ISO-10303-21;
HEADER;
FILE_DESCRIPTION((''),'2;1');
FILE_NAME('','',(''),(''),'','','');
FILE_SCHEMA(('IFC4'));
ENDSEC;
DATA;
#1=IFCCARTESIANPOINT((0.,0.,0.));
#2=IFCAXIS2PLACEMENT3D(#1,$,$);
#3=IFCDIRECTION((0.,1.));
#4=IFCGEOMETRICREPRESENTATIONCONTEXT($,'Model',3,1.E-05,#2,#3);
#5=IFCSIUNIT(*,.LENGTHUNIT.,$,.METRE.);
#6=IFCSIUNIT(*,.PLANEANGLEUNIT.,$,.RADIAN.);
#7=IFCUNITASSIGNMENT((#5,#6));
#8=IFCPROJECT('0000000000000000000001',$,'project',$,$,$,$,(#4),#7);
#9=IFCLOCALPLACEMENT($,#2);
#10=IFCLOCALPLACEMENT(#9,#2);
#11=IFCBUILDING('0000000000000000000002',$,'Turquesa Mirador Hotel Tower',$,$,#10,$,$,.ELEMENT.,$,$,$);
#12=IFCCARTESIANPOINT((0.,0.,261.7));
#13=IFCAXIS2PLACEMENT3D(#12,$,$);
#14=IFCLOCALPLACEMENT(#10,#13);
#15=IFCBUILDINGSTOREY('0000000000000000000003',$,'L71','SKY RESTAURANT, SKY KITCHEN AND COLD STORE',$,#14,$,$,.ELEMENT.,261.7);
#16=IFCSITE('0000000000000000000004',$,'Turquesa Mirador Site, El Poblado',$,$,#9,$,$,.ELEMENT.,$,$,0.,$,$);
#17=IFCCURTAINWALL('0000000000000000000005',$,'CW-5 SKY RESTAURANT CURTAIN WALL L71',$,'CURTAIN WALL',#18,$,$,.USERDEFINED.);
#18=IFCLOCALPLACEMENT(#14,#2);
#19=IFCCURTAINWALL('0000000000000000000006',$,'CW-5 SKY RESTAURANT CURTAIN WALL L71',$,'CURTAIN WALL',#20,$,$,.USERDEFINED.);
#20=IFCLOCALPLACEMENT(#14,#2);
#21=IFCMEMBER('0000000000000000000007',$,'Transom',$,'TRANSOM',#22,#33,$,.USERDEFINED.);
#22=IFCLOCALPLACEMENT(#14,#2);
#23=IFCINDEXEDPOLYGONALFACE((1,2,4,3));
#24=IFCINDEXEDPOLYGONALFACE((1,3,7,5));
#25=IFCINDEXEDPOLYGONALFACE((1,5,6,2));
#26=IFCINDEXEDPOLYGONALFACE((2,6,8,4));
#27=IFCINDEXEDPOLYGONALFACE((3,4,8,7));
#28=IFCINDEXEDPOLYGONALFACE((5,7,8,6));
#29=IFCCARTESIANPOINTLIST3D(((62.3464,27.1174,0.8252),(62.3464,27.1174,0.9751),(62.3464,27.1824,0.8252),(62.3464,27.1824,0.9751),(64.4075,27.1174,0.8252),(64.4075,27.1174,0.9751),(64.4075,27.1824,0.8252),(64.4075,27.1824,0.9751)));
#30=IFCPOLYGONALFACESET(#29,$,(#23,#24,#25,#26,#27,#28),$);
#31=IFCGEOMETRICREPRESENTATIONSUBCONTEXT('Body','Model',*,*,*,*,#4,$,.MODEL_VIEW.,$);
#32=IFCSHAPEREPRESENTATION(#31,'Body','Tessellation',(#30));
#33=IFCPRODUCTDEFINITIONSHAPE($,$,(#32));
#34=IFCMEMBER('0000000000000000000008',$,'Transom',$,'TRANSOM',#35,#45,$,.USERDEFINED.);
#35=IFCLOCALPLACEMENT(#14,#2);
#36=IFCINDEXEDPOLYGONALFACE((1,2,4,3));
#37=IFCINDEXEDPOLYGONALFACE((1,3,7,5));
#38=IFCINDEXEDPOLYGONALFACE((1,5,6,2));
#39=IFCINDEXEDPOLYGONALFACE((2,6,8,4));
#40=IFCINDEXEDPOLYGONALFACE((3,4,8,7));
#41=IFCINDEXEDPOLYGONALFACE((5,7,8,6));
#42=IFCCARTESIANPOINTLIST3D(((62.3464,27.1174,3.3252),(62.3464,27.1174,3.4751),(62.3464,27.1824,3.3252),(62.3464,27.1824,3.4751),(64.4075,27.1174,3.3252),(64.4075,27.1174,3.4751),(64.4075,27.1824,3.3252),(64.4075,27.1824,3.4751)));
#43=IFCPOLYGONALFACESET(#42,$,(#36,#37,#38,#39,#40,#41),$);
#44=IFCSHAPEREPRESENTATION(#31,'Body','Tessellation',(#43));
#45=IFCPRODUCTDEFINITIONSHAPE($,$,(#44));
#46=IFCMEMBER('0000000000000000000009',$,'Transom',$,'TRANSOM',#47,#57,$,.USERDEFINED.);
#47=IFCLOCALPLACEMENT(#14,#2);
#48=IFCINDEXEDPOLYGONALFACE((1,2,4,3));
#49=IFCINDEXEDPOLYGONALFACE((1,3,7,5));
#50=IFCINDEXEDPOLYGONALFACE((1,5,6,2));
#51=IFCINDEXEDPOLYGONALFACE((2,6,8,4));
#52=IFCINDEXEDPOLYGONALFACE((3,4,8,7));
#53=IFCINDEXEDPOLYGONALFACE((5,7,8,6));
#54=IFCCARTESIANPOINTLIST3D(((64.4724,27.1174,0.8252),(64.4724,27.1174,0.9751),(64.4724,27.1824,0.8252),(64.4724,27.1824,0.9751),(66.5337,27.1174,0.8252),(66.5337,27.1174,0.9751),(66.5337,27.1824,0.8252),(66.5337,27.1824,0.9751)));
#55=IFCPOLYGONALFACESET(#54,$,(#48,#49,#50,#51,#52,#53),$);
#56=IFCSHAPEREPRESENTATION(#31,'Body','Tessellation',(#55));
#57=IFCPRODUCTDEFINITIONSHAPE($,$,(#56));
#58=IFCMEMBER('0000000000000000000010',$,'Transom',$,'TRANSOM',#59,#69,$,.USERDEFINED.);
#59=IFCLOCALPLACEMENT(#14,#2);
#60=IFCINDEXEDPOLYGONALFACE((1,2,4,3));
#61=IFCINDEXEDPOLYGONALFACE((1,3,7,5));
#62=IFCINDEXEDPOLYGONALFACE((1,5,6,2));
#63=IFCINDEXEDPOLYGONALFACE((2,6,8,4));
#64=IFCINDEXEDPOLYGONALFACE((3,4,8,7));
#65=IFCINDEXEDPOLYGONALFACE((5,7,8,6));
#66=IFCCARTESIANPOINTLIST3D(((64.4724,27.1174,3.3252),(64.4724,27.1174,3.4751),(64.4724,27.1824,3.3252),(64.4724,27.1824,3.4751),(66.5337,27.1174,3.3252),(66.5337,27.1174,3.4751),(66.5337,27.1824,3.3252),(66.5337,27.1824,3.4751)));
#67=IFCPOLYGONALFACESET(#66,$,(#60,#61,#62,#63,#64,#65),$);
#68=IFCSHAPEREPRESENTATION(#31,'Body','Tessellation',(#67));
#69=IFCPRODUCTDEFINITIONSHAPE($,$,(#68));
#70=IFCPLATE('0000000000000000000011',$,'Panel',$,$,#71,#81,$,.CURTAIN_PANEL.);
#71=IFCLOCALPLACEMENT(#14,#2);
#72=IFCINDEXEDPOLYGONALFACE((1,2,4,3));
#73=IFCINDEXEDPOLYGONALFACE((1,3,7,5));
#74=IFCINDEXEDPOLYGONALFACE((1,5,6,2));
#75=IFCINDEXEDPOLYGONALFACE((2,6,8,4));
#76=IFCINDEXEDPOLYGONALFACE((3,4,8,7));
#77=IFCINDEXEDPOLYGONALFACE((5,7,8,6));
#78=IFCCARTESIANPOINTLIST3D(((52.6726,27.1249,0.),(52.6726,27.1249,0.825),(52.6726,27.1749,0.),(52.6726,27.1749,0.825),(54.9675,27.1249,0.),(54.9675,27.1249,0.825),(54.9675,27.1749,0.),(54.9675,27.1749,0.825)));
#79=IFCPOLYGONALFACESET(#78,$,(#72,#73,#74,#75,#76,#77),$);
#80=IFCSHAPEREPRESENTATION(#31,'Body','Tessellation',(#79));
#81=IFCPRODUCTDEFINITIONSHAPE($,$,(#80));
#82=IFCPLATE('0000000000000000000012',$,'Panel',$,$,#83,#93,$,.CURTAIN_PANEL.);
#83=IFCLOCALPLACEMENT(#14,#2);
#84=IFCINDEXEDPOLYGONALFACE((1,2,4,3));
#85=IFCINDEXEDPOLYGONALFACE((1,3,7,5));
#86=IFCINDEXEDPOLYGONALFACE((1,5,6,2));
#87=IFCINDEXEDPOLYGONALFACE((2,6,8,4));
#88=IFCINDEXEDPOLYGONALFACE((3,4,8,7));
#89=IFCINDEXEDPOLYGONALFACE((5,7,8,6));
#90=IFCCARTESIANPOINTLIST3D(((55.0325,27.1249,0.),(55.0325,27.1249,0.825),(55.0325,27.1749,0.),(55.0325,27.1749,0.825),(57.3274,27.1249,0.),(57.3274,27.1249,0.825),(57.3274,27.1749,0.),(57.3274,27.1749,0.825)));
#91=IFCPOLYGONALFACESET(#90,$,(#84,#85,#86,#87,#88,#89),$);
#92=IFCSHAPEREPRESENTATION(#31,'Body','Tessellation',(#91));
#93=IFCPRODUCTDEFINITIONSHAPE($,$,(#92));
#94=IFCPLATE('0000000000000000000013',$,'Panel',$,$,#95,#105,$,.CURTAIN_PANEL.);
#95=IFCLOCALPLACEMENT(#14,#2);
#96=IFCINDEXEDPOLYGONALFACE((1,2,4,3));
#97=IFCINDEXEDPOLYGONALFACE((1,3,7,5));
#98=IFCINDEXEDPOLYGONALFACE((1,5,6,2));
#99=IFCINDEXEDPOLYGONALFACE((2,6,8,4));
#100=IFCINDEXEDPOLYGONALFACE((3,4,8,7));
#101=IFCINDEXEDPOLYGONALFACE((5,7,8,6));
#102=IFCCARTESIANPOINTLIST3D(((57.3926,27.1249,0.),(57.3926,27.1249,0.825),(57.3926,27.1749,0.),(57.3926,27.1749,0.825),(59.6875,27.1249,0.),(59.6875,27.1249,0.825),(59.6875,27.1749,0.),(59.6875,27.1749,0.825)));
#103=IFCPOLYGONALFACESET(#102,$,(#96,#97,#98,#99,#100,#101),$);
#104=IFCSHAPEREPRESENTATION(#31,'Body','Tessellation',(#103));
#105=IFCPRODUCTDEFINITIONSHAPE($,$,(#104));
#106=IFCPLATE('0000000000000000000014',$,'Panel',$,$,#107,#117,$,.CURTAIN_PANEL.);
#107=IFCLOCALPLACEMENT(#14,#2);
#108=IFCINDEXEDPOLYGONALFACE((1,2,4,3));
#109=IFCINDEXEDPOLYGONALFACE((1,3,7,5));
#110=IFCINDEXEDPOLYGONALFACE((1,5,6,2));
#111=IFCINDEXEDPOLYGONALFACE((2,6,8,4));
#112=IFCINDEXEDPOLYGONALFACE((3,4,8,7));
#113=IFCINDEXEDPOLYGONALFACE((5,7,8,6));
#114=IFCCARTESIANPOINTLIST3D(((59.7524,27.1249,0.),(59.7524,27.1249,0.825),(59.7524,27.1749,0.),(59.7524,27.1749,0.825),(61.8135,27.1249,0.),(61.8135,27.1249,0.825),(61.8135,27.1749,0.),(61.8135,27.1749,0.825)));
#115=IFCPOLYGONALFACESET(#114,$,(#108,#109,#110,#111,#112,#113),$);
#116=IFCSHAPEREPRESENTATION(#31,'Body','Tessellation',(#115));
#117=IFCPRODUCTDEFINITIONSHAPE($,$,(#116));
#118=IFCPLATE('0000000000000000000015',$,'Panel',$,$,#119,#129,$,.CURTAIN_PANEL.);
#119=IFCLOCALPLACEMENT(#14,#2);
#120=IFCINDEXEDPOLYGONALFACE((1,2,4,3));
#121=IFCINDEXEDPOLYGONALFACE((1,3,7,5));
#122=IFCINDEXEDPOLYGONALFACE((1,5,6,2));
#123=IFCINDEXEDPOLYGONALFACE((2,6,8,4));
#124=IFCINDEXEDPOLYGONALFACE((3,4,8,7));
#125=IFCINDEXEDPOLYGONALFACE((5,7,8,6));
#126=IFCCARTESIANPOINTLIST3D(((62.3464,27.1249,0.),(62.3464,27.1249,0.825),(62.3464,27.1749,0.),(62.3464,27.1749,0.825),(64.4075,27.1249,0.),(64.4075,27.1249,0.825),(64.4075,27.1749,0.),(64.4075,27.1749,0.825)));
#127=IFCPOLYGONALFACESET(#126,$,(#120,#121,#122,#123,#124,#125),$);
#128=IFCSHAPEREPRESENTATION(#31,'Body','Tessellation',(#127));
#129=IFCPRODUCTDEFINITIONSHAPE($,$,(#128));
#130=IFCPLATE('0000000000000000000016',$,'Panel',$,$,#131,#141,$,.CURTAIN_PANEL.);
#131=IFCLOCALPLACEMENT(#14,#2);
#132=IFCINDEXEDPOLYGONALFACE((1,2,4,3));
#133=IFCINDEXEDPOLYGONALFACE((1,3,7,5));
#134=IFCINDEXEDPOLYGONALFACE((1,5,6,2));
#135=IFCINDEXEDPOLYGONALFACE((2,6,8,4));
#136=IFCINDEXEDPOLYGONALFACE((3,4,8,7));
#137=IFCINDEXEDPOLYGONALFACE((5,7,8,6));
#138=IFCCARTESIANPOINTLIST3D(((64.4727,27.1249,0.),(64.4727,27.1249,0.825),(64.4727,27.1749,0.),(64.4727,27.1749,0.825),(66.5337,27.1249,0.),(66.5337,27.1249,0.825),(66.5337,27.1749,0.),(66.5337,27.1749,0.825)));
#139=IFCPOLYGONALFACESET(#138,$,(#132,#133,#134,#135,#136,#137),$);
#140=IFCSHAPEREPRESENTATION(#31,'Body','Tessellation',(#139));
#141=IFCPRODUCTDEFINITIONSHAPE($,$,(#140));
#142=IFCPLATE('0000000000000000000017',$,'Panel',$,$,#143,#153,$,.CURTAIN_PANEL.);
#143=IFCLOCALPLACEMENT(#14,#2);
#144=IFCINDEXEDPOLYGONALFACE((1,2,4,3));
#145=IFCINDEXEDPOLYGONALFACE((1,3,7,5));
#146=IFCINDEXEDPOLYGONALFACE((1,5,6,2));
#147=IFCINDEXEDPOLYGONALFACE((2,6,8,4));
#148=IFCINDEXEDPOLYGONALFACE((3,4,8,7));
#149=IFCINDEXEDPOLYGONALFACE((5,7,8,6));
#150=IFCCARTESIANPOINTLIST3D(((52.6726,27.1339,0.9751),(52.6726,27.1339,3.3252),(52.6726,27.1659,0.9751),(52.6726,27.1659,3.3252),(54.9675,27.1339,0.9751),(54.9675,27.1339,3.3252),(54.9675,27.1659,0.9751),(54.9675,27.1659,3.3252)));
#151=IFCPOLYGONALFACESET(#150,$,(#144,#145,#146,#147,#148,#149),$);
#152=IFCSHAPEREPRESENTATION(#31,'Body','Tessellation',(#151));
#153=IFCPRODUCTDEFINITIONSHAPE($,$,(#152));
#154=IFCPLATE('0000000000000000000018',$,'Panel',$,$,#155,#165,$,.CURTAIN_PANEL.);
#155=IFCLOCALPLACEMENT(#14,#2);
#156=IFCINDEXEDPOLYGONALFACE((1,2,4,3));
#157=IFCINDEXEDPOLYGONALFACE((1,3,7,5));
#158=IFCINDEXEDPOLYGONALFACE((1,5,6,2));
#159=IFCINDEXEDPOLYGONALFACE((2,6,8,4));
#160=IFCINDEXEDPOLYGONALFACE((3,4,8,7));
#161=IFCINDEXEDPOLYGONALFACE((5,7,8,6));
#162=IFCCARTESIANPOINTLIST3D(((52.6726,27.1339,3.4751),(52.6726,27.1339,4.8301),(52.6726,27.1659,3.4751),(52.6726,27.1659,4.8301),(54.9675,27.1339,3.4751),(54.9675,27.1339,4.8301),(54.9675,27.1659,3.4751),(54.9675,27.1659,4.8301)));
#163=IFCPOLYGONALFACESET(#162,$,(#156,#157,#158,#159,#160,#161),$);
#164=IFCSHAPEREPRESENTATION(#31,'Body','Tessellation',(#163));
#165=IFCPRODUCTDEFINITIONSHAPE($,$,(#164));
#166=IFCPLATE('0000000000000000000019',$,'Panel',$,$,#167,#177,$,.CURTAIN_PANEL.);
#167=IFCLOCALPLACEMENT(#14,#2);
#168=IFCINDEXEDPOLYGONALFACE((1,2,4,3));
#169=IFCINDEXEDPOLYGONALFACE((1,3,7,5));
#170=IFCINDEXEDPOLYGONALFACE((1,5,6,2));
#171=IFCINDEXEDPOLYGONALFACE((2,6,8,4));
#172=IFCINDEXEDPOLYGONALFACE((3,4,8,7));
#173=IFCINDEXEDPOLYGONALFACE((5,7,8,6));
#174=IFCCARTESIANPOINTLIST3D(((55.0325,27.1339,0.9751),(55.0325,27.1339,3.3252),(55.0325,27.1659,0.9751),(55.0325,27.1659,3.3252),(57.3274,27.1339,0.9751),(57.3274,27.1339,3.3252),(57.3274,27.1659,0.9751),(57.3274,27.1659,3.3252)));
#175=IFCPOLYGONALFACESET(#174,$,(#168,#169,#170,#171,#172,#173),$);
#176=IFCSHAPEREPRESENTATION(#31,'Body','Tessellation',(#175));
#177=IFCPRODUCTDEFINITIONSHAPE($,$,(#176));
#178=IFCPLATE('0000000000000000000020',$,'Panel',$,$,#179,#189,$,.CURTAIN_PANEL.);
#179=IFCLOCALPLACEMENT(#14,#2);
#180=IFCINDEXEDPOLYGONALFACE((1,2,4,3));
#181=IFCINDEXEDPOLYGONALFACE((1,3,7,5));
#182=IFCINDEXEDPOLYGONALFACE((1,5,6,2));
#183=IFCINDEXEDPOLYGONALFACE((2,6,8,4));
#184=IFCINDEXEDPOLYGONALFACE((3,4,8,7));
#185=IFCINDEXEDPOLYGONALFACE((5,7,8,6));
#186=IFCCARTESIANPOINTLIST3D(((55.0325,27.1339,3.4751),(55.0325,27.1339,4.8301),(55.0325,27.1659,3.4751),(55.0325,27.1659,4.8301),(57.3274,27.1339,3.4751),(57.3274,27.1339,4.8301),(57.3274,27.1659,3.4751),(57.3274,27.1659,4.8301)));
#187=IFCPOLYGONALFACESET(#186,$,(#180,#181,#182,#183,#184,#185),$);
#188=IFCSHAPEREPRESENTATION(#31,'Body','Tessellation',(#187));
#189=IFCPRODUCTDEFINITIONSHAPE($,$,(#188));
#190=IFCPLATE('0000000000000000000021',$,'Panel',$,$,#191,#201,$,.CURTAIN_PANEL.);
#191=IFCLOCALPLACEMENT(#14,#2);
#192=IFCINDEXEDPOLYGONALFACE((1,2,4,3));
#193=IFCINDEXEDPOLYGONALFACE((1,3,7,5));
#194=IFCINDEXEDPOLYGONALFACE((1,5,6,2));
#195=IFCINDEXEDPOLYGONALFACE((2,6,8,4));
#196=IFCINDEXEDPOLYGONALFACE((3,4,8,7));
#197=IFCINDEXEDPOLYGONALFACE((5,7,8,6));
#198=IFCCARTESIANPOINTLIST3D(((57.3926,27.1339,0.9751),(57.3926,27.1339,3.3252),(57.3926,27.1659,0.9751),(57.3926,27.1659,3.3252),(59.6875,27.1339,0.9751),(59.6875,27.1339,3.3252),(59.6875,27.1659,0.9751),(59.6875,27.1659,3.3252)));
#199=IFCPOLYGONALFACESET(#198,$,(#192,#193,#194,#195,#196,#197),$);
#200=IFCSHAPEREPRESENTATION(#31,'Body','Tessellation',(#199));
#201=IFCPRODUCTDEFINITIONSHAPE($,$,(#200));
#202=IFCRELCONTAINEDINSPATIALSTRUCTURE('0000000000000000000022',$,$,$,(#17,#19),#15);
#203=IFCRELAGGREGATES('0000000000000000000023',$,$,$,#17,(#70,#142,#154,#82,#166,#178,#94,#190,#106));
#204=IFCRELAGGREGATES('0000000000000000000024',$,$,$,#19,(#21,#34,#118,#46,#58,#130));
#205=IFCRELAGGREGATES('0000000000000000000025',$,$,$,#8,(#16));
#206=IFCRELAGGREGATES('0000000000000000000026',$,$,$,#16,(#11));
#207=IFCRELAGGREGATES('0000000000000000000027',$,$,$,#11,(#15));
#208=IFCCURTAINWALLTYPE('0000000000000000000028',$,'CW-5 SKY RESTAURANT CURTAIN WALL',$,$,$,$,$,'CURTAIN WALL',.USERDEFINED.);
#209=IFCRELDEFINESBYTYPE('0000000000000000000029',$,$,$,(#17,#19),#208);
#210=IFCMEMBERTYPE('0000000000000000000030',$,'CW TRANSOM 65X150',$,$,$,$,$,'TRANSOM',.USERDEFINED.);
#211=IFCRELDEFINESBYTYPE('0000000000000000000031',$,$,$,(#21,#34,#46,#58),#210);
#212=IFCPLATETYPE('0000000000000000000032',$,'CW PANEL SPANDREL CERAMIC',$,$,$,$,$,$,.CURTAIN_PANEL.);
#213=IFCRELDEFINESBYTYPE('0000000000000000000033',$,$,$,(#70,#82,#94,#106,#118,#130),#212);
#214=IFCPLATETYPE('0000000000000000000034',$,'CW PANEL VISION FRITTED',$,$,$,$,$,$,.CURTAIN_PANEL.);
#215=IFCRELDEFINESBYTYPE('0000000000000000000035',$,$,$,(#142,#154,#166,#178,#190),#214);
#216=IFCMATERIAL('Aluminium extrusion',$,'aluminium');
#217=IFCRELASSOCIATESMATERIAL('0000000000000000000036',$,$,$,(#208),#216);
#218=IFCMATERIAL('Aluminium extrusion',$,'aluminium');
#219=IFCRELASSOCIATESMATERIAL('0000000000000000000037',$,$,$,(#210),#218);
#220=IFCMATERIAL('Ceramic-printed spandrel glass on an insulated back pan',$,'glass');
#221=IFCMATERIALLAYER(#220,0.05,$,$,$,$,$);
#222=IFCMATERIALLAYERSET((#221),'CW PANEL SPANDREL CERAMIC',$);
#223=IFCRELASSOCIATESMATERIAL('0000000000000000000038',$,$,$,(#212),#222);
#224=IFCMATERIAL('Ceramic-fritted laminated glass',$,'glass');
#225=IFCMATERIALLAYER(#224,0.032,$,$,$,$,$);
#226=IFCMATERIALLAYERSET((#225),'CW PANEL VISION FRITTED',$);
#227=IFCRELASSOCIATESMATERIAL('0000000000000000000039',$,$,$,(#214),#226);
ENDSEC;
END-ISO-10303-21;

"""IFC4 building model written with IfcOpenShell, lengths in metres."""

from ifc_helpers import new_model, si_unit, direction, frame, origin, origin_2d, place, context, subcontext, project, spatial, rectangle, extrude, material, layer, layer_set, material_profile, profile_set, type_object, element, aggregate, save


model = new_model("IFC4")

# Units and contexts
model_context = context("Model", 3, precision=1e-05, world=origin(), true_north=direction((0.0, 1.0)))
body_context = subcontext(model_context, "Body", "Model", "MODEL_VIEW")
ifc_project = project(units=[si_unit("LENGTHUNIT", "METRE"), si_unit("PLANEANGLEUNIT", "RADIAN")], contexts=[model_context])

# Site, building, storey
site_placement = place(None, origin())
site = spatial("IfcSite", under=ifc_project, at=site_placement, Name="Turquesa Mirador Site, El Poblado", CompositionType="ELEMENT", RefElevation=0.0)
building_placement = place(site_placement, origin())
building = spatial("IfcBuilding", under=site, at=building_placement, Name="Turquesa Mirador Hotel Tower", CompositionType="ELEMENT")
storey_placement = place(building_placement, frame((0.0, 0.0, 261.7)))
storey = spatial("IfcBuildingStorey", under=building, at=storey_placement, Name="L71", Description="SKY RESTAURANT, SKY KITCHEN AND COLD STORE", CompositionType="ELEMENT", Elevation=261.7)

# Curtain walls
ifc_material_1 = material(Name="Aluminium extrusion", Category="aluminium")
curtain_wall_type = type_object("IfcCurtainWallType", Name="CW-5 SKY RESTAURANT CURTAIN WALL", ElementType="CURTAIN WALL", PredefinedType="USERDEFINED", material=ifc_material_1)
curtain_wall_1_placement = place(storey_placement, origin())
curtain_wall_1 = element("IfcCurtainWall", 1, at=curtain_wall_1_placement, inside=storey, type_object=curtain_wall_type, Name="CW-5 SKY RESTAURANT CURTAIN WALL L71", ObjectType="CURTAIN WALL", PredefinedType="USERDEFINED")
curtain_wall_2_placement = place(storey_placement, origin())
curtain_wall_2 = element("IfcCurtainWall", 2, at=curtain_wall_2_placement, inside=storey, type_object=curtain_wall_type, Name="CW-5 SKY RESTAURANT CURTAIN WALL L71", ObjectType="CURTAIN WALL", PredefinedType="USERDEFINED")

# Members
ifc_material_2 = material(Name="Aluminium extrusion", Category="aluminium")
ifc_material_profile_1 = material_profile(ifc_material_2, rectangle(XDim=0.0649, YDim=0.1499, at=origin_2d()), Name="TRANSOM 65X150")
ifc_profile_set_1 = profile_set([ifc_material_profile_1], Name="Aluminium extrusion")
member_type_1 = type_object("IfcMemberType", Name="CW TRANSOM 65X150", ElementType="TRANSOM", PredefinedType="USERDEFINED", material=ifc_profile_set_1)
member_1_placement = place(storey_placement, frame((62.3464, 27.1499, 0.9001), z_axis=(1.0, 0.0, 0.0), x_axis=(0.0, 1.0, 0.0)))
member_1 = element("IfcMember", 3, at=member_1_placement, type_object=member_type_1, Name="Transom", ObjectType="TRANSOM", PredefinedType="USERDEFINED", context=body_context, shape_type="SweptSolid", body=[
    extrude(rectangle(XDim=0.0649, YDim=0.1499, at=origin_2d()), origin(), (0.0, 0.0, 1.0), 2.061),
])
member_2_placement = place(storey_placement, frame((62.3464, 27.1499, 3.4001), z_axis=(1.0, 0.0, 0.0), x_axis=(0.0, 1.0, 0.0)))
member_2 = element("IfcMember", 4, at=member_2_placement, type_object=member_type_1, Name="Transom", ObjectType="TRANSOM", PredefinedType="USERDEFINED", context=body_context, shape_type="SweptSolid", body=[
    extrude(rectangle(XDim=0.0649, YDim=0.1499, at=origin_2d()), origin(), (0.0, 0.0, 1.0), 2.061),
])
member_3_placement = place(storey_placement, frame((64.4724, 27.1499, 0.9001), z_axis=(1.0, 0.0, 0.0), x_axis=(0.0, 1.0, 0.0)))
member_3 = element("IfcMember", 5, at=member_3_placement, type_object=member_type_1, Name="Transom", ObjectType="TRANSOM", PredefinedType="USERDEFINED", context=body_context, shape_type="SweptSolid", body=[
    extrude(rectangle(XDim=0.0649, YDim=0.1499, at=origin_2d()), origin(), (0.0, 0.0, 1.0), 2.0613),
])
member_4_placement = place(storey_placement, frame((64.4724, 27.1499, 3.4001), z_axis=(1.0, 0.0, 0.0), x_axis=(0.0, 1.0, 0.0)))
member_4 = element("IfcMember", 6, at=member_4_placement, type_object=member_type_1, Name="Transom", ObjectType="TRANSOM", PredefinedType="USERDEFINED", context=body_context, shape_type="SweptSolid", body=[
    extrude(rectangle(XDim=0.0649, YDim=0.1499, at=origin_2d()), origin(), (0.0, 0.0, 1.0), 2.0613),
])

# Plates
ifc_material_3 = material(Name="Ceramic-printed spandrel glass on an insulated back pan", Category="glass")
ifc_layer_1 = layer(ifc_material_3, 0.05)
ifc_layer_set_1 = layer_set([ifc_layer_1], Name="CW PANEL SPANDREL CERAMIC")
plate_type_1 = type_object("IfcPlateType", Name="CW PANEL SPANDREL CERAMIC", PredefinedType="CURTAIN_PANEL", material=ifc_layer_set_1)
plate_1_placement = place(storey_placement, frame((53.8201, 27.1499, 0.0), z_axis=(0.0, 0.0, 1.0), x_axis=(1.0, 0.0, 0.0)))
plate_1 = element("IfcPlate", 7, at=plate_1_placement, type_object=plate_type_1, Name="Panel", PredefinedType="CURTAIN_PANEL", context=body_context, shape_type="SweptSolid", body=[
    extrude(rectangle(XDim=2.2949, YDim=0.05, at=origin_2d()), origin(), (0.0, 0.0, 1.0), 0.825),
])
plate_2_placement = place(storey_placement, frame((56.1799, 27.1499, 0.0), z_axis=(0.0, 0.0, 1.0), x_axis=(1.0, 0.0, 0.0)))
plate_2 = element("IfcPlate", 8, at=plate_2_placement, type_object=plate_type_1, Name="Panel", PredefinedType="CURTAIN_PANEL", context=body_context, shape_type="SweptSolid", body=[
    extrude(rectangle(XDim=2.2949, YDim=0.05, at=origin_2d()), origin(), (0.0, 0.0, 1.0), 0.825),
])
plate_3_placement = place(storey_placement, frame((58.54, 27.1499, 0.0), z_axis=(0.0, 0.0, 1.0), x_axis=(1.0, 0.0, 0.0)))
plate_3 = element("IfcPlate", 9, at=plate_3_placement, type_object=plate_type_1, Name="Panel", PredefinedType="CURTAIN_PANEL", context=body_context, shape_type="SweptSolid", body=[
    extrude(rectangle(XDim=2.2949, YDim=0.05, at=origin_2d()), origin(), (0.0, 0.0, 1.0), 0.825),
])
plate_4_placement = place(storey_placement, frame((60.783, 27.1499, 0.0), z_axis=(0.0, 0.0, 1.0), x_axis=(1.0, 0.0, 0.0)))
plate_4 = element("IfcPlate", 10, at=plate_4_placement, type_object=plate_type_1, Name="Panel", PredefinedType="CURTAIN_PANEL", context=body_context, shape_type="SweptSolid", body=[
    extrude(rectangle(XDim=2.061, YDim=0.05, at=origin_2d()), origin(), (0.0, 0.0, 1.0), 0.825),
])
plate_5_placement = place(storey_placement, frame((63.377, 27.1499, 0.0), z_axis=(0.0, 0.0, 1.0), x_axis=(1.0, 0.0, 0.0)))
plate_5 = element("IfcPlate", 11, at=plate_5_placement, type_object=plate_type_1, Name="Panel", PredefinedType="CURTAIN_PANEL", context=body_context, shape_type="SweptSolid", body=[
    extrude(rectangle(XDim=2.061, YDim=0.05, at=origin_2d()), origin(), (0.0, 0.0, 1.0), 0.825),
])
plate_6_placement = place(storey_placement, frame((65.5032, 27.1499, 0.0), z_axis=(0.0, 0.0, 1.0), x_axis=(1.0, 0.0, 0.0)))
plate_6 = element("IfcPlate", 12, at=plate_6_placement, type_object=plate_type_1, Name="Panel", PredefinedType="CURTAIN_PANEL", context=body_context, shape_type="SweptSolid", body=[
    extrude(rectangle(XDim=2.061, YDim=0.05, at=origin_2d()), origin(), (0.0, 0.0, 1.0), 0.825),
])
ifc_material_4 = material(Name="Ceramic-fritted laminated glass", Category="glass")
ifc_layer_2 = layer(ifc_material_4, 0.032)
ifc_layer_set_2 = layer_set([ifc_layer_2], Name="CW PANEL VISION FRITTED")
plate_type_2 = type_object("IfcPlateType", Name="CW PANEL VISION FRITTED", PredefinedType="CURTAIN_PANEL", material=ifc_layer_set_2)
plate_7_placement = place(storey_placement, frame((53.8201, 27.1499, 0.9751), z_axis=(0.0, 0.0, 1.0), x_axis=(1.0, 0.0, 0.0)))
plate_7 = element("IfcPlate", 13, at=plate_7_placement, type_object=plate_type_2, Name="Panel", PredefinedType="CURTAIN_PANEL", context=body_context, shape_type="SweptSolid", body=[
    extrude(rectangle(XDim=2.2949, YDim=0.032, at=origin_2d()), origin(), (0.0, 0.0, 1.0), 2.3501),
])
plate_8_placement = place(storey_placement, frame((53.8201, 27.1499, 3.4751), z_axis=(0.0, 0.0, 1.0), x_axis=(1.0, 0.0, 0.0)))
plate_8 = element("IfcPlate", 14, at=plate_8_placement, type_object=plate_type_2, Name="Panel", PredefinedType="CURTAIN_PANEL", context=body_context, shape_type="SweptSolid", body=[
    extrude(rectangle(XDim=2.2949, YDim=0.032, at=origin_2d()), origin(), (0.0, 0.0, 1.0), 1.355),
])
plate_9_placement = place(storey_placement, frame((56.1799, 27.1499, 0.9751), z_axis=(0.0, 0.0, 1.0), x_axis=(1.0, 0.0, 0.0)))
plate_9 = element("IfcPlate", 15, at=plate_9_placement, type_object=plate_type_2, Name="Panel", PredefinedType="CURTAIN_PANEL", context=body_context, shape_type="SweptSolid", body=[
    extrude(rectangle(XDim=2.2949, YDim=0.032, at=origin_2d()), origin(), (0.0, 0.0, 1.0), 2.3501),
])
plate_10_placement = place(storey_placement, frame((56.1799, 27.1499, 3.4751), z_axis=(0.0, 0.0, 1.0), x_axis=(1.0, 0.0, 0.0)))
plate_10 = element("IfcPlate", 16, at=plate_10_placement, type_object=plate_type_2, Name="Panel", PredefinedType="CURTAIN_PANEL", context=body_context, shape_type="SweptSolid", body=[
    extrude(rectangle(XDim=2.2949, YDim=0.032, at=origin_2d()), origin(), (0.0, 0.0, 1.0), 1.355),
])
plate_11_placement = place(storey_placement, frame((58.54, 27.1499, 0.9751), z_axis=(0.0, 0.0, 1.0), x_axis=(1.0, 0.0, 0.0)))
plate_11 = element("IfcPlate", 17, at=plate_11_placement, type_object=plate_type_2, Name="Panel", PredefinedType="CURTAIN_PANEL", context=body_context, shape_type="SweptSolid", body=[
    extrude(rectangle(XDim=2.2949, YDim=0.032, at=origin_2d()), origin(), (0.0, 0.0, 1.0), 2.3501),
])
aggregate(curtain_wall_1, [plate_1, plate_7, plate_8, plate_2, plate_9, plate_10, plate_3, plate_11, plate_4])
aggregate(curtain_wall_2, [member_1, member_2, plate_5, member_3, member_4, plate_6])

save(model, "model.ifc")
